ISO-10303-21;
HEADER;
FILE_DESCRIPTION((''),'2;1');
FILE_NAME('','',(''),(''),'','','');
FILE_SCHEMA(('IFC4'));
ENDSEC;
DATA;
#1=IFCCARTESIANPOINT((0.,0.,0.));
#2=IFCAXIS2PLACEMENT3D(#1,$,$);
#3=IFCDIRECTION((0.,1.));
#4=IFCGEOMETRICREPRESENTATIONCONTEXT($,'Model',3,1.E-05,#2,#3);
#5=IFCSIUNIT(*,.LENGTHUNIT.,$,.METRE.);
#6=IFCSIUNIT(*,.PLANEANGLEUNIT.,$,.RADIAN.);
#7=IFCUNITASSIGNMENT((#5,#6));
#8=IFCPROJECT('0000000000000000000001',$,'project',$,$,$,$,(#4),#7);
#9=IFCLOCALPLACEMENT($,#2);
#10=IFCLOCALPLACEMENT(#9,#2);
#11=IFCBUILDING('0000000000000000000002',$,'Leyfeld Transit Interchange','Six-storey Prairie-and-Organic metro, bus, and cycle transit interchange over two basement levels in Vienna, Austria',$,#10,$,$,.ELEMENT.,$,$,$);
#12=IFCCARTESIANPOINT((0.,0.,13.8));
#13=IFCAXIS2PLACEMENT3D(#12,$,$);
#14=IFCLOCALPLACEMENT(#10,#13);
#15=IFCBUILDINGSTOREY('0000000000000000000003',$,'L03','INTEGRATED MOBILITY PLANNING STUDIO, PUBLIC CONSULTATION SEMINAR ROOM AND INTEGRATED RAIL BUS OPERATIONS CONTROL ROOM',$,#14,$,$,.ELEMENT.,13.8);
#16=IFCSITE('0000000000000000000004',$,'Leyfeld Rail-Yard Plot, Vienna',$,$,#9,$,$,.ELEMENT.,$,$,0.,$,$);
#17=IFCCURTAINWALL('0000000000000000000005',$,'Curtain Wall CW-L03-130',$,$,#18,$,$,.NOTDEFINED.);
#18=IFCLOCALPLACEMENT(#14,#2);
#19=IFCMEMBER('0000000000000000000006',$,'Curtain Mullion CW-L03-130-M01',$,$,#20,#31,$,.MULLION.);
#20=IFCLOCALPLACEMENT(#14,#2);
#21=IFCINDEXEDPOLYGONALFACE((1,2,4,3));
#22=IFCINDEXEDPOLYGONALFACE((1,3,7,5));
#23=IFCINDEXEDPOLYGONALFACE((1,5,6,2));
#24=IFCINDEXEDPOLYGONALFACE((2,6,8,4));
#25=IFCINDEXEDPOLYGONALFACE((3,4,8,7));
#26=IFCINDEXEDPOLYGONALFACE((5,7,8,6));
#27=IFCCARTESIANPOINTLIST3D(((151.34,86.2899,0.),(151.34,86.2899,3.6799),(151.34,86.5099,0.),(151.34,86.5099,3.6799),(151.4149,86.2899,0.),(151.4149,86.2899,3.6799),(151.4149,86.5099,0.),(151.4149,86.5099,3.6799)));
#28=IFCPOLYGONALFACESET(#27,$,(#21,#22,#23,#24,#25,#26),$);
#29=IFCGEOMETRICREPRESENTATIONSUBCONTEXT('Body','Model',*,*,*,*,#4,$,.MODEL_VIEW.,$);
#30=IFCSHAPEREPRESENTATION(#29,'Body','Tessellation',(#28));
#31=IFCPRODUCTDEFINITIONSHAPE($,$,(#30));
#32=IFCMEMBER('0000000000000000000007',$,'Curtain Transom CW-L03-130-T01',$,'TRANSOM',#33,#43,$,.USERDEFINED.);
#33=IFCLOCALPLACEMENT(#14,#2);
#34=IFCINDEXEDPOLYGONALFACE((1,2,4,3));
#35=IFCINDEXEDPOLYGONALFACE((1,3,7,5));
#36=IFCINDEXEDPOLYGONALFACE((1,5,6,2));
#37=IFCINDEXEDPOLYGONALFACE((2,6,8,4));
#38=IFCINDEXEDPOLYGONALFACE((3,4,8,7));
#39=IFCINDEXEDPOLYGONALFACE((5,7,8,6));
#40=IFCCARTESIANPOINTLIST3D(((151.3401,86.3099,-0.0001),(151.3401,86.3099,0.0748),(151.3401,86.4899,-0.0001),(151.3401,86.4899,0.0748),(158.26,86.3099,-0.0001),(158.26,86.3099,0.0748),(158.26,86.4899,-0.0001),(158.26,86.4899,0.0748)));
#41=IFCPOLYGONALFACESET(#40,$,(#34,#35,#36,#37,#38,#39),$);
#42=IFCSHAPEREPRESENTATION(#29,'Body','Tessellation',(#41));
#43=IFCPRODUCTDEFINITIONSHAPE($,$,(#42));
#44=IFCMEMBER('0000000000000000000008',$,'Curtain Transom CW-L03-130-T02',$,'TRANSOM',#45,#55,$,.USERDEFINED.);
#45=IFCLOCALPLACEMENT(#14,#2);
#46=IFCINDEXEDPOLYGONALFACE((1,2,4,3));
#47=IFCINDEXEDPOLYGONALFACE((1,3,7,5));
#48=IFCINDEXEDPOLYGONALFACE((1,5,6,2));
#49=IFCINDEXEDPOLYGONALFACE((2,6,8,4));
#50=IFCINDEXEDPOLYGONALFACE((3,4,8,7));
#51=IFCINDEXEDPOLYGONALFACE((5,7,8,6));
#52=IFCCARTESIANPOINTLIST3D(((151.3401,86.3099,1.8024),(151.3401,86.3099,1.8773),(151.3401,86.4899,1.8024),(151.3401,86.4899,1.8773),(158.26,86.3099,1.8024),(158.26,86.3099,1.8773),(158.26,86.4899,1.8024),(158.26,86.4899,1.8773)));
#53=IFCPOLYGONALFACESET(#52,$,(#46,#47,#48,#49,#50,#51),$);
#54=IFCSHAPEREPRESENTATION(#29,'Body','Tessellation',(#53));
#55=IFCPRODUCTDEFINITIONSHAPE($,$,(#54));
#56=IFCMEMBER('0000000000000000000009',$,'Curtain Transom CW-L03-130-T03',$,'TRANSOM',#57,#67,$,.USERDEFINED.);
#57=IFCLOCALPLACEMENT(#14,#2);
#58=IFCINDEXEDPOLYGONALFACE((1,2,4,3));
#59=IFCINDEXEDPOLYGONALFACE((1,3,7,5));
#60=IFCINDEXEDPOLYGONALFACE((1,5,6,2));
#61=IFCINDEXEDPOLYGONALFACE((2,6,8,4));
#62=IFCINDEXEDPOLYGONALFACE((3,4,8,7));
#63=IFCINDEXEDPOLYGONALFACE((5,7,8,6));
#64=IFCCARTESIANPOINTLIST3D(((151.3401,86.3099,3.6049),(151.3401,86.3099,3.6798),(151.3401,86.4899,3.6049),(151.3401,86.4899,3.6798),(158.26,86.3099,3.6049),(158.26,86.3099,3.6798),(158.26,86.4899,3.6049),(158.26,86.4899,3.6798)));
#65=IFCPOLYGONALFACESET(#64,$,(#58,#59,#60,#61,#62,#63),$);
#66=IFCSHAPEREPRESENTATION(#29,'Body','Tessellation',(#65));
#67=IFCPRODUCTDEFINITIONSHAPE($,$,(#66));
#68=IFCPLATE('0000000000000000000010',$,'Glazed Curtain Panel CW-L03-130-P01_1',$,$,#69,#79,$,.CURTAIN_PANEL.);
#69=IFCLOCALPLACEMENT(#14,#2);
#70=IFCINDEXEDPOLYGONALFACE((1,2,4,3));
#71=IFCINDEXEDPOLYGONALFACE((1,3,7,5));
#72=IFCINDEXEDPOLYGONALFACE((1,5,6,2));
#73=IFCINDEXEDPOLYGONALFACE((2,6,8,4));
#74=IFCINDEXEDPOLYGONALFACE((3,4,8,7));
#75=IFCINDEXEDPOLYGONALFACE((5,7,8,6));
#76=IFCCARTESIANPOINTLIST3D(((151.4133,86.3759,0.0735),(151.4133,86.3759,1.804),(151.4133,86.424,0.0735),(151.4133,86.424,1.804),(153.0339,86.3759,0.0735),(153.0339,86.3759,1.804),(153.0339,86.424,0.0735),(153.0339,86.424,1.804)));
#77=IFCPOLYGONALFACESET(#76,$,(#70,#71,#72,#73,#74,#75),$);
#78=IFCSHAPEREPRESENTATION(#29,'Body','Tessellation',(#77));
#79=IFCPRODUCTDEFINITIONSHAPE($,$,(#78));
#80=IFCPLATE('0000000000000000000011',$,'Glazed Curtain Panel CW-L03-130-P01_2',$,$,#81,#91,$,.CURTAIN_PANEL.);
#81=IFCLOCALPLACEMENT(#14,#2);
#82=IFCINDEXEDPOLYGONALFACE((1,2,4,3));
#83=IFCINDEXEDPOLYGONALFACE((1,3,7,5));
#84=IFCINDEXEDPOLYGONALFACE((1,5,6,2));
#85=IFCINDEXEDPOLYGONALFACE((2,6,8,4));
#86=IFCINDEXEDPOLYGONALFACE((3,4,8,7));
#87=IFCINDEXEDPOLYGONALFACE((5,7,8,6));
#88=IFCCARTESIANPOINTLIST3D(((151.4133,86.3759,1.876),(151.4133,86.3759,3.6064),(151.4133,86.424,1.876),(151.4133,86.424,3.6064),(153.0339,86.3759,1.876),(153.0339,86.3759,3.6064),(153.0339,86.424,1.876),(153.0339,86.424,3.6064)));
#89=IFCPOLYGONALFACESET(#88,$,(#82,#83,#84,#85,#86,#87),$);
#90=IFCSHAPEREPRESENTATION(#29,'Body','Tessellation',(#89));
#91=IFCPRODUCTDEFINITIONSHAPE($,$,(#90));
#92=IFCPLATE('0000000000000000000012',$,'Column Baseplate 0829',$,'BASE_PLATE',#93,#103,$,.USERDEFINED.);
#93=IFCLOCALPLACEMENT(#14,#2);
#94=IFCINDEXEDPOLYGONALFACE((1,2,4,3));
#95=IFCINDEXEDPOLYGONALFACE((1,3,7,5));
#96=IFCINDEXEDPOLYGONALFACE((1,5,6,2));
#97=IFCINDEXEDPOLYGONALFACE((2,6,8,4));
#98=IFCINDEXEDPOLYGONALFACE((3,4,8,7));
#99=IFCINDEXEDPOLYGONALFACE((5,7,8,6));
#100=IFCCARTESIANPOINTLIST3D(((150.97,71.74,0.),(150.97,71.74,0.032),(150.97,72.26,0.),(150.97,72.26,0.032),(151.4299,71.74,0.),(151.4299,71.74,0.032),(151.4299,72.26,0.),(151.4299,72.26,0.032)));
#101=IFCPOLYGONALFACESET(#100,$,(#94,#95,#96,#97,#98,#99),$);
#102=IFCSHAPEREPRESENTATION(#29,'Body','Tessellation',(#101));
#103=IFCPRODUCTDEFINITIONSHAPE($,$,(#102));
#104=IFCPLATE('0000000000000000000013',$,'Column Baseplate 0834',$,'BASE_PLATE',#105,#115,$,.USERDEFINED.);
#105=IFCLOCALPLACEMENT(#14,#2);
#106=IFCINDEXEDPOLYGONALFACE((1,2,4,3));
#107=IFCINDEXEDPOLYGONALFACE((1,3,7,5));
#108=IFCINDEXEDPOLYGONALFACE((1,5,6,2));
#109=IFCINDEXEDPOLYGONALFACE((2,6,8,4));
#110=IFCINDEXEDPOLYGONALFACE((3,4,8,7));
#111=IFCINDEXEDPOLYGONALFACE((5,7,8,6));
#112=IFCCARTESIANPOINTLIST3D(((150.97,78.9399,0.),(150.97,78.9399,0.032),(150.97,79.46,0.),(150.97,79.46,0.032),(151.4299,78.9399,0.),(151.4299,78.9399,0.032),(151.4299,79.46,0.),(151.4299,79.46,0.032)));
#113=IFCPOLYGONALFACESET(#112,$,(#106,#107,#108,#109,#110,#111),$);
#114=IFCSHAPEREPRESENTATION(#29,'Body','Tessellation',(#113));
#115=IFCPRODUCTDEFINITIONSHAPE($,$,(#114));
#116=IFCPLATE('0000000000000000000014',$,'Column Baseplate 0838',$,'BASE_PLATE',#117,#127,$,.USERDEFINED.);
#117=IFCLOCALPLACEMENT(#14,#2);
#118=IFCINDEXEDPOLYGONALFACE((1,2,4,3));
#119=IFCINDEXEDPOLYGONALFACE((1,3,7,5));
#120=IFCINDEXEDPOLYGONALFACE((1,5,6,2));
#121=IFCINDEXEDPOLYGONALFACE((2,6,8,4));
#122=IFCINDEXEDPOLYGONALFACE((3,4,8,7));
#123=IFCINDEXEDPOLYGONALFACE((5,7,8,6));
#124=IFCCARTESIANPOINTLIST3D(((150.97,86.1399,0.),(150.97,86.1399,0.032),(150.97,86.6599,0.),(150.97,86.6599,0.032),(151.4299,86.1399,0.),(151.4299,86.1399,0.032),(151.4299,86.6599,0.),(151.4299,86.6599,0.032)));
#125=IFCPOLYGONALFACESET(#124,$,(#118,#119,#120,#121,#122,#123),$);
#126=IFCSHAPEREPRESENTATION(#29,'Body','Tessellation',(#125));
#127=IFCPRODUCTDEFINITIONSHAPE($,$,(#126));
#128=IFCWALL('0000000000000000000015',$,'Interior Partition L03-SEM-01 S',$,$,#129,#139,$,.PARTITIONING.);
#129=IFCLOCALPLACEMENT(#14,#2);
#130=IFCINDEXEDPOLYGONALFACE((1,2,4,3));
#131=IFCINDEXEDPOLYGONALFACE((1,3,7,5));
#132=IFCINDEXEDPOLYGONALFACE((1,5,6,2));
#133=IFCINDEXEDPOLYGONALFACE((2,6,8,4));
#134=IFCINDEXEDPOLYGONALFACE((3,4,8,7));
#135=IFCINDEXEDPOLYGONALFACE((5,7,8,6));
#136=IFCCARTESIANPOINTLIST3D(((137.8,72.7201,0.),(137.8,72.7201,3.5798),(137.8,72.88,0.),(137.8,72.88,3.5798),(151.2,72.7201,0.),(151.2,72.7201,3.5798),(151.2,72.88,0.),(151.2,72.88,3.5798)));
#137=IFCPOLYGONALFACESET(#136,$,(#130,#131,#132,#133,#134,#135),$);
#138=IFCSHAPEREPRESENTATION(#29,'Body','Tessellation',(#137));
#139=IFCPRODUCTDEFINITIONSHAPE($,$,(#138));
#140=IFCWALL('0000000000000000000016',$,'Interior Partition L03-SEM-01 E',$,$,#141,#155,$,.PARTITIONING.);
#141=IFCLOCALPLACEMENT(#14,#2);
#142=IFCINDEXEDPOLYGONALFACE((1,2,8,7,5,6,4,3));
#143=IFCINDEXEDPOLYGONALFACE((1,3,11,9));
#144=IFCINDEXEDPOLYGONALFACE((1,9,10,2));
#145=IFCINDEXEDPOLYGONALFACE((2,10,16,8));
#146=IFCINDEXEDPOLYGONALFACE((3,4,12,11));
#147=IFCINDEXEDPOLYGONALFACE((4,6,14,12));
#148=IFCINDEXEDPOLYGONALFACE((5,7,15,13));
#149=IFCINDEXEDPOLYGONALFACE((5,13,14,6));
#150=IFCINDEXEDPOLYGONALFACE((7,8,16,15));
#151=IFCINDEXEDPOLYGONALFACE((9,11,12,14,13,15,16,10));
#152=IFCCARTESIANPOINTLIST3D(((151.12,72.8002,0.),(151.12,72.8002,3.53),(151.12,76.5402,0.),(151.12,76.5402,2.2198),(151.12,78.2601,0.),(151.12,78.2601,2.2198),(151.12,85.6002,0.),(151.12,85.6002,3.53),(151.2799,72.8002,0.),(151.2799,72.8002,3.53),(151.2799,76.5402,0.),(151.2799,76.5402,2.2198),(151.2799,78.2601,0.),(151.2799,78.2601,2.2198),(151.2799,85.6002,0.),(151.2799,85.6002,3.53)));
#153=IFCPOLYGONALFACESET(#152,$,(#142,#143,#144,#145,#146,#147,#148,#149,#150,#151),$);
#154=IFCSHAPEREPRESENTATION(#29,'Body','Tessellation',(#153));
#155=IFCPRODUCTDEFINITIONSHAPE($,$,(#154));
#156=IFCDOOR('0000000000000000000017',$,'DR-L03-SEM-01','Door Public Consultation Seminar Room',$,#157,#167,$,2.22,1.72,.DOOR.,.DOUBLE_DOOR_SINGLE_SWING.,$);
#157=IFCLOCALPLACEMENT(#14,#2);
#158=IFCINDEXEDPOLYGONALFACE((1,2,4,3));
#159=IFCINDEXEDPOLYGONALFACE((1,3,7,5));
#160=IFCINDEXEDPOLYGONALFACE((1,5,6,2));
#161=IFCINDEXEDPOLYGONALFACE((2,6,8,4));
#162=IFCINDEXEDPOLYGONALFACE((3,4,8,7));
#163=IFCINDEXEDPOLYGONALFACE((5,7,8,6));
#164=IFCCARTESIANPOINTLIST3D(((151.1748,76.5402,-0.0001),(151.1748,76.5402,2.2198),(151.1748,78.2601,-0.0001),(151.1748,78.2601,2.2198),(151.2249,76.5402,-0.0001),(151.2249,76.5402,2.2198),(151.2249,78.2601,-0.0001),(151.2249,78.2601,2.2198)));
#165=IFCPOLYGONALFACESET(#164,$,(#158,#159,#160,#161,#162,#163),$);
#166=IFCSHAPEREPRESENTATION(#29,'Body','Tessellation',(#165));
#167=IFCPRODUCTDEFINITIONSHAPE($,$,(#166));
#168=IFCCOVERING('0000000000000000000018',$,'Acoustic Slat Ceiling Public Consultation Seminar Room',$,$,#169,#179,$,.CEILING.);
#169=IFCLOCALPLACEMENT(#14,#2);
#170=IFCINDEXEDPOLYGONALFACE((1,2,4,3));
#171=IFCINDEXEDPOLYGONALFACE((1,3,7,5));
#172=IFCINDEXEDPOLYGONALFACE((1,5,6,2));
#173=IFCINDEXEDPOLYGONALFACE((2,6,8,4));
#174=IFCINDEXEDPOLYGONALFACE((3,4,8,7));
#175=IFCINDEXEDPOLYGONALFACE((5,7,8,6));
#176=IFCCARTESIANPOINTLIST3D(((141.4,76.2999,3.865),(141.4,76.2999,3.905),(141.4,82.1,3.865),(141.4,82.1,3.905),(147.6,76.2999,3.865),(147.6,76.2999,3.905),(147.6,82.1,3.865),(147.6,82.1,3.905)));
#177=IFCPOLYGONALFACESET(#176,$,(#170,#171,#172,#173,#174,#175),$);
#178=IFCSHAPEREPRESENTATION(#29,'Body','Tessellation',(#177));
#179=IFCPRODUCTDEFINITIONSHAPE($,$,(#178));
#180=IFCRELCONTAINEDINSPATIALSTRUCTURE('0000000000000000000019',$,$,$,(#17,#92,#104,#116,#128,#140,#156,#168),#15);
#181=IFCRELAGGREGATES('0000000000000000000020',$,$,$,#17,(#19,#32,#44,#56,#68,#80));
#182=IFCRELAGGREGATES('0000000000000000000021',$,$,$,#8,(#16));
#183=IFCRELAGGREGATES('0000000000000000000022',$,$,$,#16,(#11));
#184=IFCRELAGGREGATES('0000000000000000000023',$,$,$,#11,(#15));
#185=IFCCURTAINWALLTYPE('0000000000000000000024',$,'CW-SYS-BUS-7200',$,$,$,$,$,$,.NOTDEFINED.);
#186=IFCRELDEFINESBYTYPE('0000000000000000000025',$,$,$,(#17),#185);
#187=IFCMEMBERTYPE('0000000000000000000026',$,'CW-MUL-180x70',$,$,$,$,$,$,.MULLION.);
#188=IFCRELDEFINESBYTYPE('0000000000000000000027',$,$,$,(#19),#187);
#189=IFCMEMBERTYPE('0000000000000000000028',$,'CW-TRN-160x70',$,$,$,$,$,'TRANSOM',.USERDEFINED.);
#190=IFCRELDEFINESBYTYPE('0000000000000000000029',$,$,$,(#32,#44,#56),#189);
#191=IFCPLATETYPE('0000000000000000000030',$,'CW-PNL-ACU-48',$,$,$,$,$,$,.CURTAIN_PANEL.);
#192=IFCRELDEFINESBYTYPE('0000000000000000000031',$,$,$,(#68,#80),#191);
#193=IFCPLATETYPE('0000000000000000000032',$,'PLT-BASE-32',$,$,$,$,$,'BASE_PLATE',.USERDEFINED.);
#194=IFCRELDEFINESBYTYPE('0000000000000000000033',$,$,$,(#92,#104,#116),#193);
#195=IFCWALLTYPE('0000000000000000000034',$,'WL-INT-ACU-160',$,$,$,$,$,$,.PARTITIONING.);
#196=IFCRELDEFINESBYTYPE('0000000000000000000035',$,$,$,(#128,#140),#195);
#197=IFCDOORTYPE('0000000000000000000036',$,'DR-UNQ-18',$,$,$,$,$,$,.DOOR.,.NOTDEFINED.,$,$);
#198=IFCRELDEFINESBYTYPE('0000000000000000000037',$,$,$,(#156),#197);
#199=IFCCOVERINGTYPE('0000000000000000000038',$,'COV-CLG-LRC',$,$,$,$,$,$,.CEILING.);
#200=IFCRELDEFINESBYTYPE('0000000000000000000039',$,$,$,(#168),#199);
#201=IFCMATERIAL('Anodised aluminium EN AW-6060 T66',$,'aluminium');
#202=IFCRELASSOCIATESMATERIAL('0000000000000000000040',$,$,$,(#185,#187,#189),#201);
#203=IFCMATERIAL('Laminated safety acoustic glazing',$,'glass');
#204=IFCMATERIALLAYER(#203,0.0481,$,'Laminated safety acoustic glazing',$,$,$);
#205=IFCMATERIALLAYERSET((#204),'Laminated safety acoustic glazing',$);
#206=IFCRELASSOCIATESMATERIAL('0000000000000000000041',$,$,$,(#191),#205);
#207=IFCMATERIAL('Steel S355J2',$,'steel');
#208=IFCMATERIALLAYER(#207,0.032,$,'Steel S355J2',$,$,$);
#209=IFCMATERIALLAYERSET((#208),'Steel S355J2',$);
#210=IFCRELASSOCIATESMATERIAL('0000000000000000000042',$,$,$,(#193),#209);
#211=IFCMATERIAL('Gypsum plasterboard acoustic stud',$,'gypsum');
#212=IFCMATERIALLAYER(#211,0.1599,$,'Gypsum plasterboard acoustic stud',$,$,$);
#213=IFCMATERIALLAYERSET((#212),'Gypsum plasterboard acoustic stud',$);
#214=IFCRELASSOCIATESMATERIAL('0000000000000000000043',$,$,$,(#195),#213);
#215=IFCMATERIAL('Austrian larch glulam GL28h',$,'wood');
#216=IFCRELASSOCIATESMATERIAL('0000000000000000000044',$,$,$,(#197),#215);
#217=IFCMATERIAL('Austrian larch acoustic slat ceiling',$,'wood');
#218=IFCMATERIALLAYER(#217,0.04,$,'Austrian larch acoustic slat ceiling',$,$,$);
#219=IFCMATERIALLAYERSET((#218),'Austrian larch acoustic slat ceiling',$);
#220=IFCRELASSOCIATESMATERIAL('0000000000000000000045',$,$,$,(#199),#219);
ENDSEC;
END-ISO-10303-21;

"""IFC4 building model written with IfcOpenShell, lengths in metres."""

from ifc_helpers import new_model, si_unit, direction, frame, frame_2d, origin, origin_2d, place, context, subcontext, project, spatial, rectangle, extrude, material, layer, layer_set, material_profile, profile_set, type_object, element, fill, aggregate, save


model = new_model("IFC4")

# Units and contexts
model_context = context("Model", 3, precision=1e-05, world=origin(), true_north=direction((0.0, 1.0)))
body_context = subcontext(model_context, "Body", "Model", "MODEL_VIEW")
ifc_project = project(units=[si_unit("LENGTHUNIT", "METRE"), si_unit("PLANEANGLEUNIT", "RADIAN")], contexts=[model_context])

# Site, building, storey
site_placement = place(None, origin())
site = spatial("IfcSite", under=ifc_project, at=site_placement, Name="Leyfeld Rail-Yard Plot, Vienna", CompositionType="ELEMENT", RefElevation=0.0)
building_placement = place(site_placement, origin())
building = spatial("IfcBuilding", under=site, at=building_placement, Name="Leyfeld Transit Interchange", Description="Six-storey Prairie-and-Organic metro, bus, and cycle transit interchange over two basement levels in Vienna, Austria", CompositionType="ELEMENT")
storey_placement = place(building_placement, frame((0.0, 0.0, 13.8)))
storey = spatial("IfcBuildingStorey", under=building, at=storey_placement, Name="L03", Description="INTEGRATED MOBILITY PLANNING STUDIO, PUBLIC CONSULTATION SEMINAR ROOM AND INTEGRATED RAIL BUS OPERATIONS CONTROL ROOM", CompositionType="ELEMENT", Elevation=13.8)

# Shared definitions
ifc_material_1 = material(Name="Steel S355J2", Category="steel")

# Curtain wall, members, plates
ifc_material_2 = material(Name="Anodised aluminium EN AW-6060 T66", Category="aluminium")
curtain_wall_type = type_object("IfcCurtainWallType", Name="CW-SYS-BUS-7200", PredefinedType="NOTDEFINED", material=ifc_material_2)
curtain_wall_placement = place(storey_placement, origin())
curtain_wall = element("IfcCurtainWall", 1, at=curtain_wall_placement, inside=storey, type_object=curtain_wall_type, Name="Curtain Wall CW-L03-130", PredefinedType="NOTDEFINED")
ifc_material_profile_1 = material_profile(ifc_material_2, rectangle(XDim=0.075, YDim=0.22, at=origin_2d()), Name="CW-M 75x220")
ifc_profile_set_1 = profile_set([ifc_material_profile_1], Name="Anodised aluminium EN AW-6060 T66")
member_type_1 = type_object("IfcMemberType", Name="CW-MUL-180x70", PredefinedType="MULLION", material=ifc_profile_set_1)
member_1_placement = place(storey_placement, frame((151.3774, 86.3999, 0.0), z_axis=(0.0, 0.0, 1.0), x_axis=(1.0, 0.0, 0.0)))
member_1 = element("IfcMember", 2, at=member_1_placement, type_object=member_type_1, Name="Curtain Mullion CW-L03-130-M01", PredefinedType="MULLION", context=body_context, shape_type="SweptSolid", body=[
    extrude(rectangle(XDim=0.075, YDim=0.22, at=origin_2d()), origin(), (0.0, 0.0, 1.0), 3.6799),
])
ifc_material_profile_2 = material_profile(ifc_material_2, rectangle(XDim=0.1799, YDim=0.075, at=origin_2d()), Name="CW-TRN-160x70")
ifc_profile_set_2 = profile_set([ifc_material_profile_2], Name="Anodised aluminium EN AW-6060 T66")
member_type_2 = type_object("IfcMemberType", Name="CW-TRN-160x70", ElementType="TRANSOM", PredefinedType="USERDEFINED", material=ifc_profile_set_2)
member_2_placement = place(storey_placement, frame((151.3401, 86.3999, 0.0374), z_axis=(1.0, 0.0, 0.0), x_axis=(0.0, 1.0, 0.0)))
member_2 = element("IfcMember", 3, at=member_2_placement, type_object=member_type_2, Name="Curtain Transom CW-L03-130-T01", ObjectType="TRANSOM", PredefinedType="USERDEFINED", context=body_context, shape_type="SweptSolid", body=[
    extrude(rectangle(XDim=0.1799, YDim=0.075, at=origin_2d()), origin(), (0.0, 0.0, 1.0), 6.9199),
])
member_3_placement = place(storey_placement, frame((151.3401, 86.3999, 1.8398), z_axis=(1.0, 0.0, 0.0), x_axis=(0.0, 1.0, 0.0)))
member_3 = element("IfcMember", 4, at=member_3_placement, type_object=member_type_2, Name="Curtain Transom CW-L03-130-T02", ObjectType="TRANSOM", PredefinedType="USERDEFINED", context=body_context, shape_type="SweptSolid", body=[
    extrude(rectangle(XDim=0.1799, YDim=0.075, at=origin_2d()), origin(), (0.0, 0.0, 1.0), 6.9199),
])
member_4_placement = place(storey_placement, frame((151.3401, 86.3999, 3.6423), z_axis=(1.0, 0.0, 0.0), x_axis=(0.0, 1.0, 0.0)))
member_4 = element("IfcMember", 5, at=member_4_placement, type_object=member_type_2, Name="Curtain Transom CW-L03-130-T03", ObjectType="TRANSOM", PredefinedType="USERDEFINED", context=body_context, shape_type="SweptSolid", body=[
    extrude(rectangle(XDim=0.1799, YDim=0.075, at=origin_2d()), origin(), (0.0, 0.0, 1.0), 6.9199),
])
ifc_material_3 = material(Name="Laminated safety acoustic glazing", Category="glass")
ifc_layer_1 = layer(ifc_material_3, 0.0481, Name="Laminated safety acoustic glazing")
ifc_layer_set_1 = layer_set([ifc_layer_1], Name="Laminated safety acoustic glazing")
plate_type_1 = type_object("IfcPlateType", Name="CW-PNL-ACU-48", PredefinedType="CURTAIN_PANEL", material=ifc_layer_set_1)
plate_1_placement = place(storey_placement, frame((152.2236, 86.3999, 0.0735), z_axis=(0.0, 0.0, 1.0), x_axis=(1.0, 0.0, 0.0)))
plate_1 = element("IfcPlate", 6, at=plate_1_placement, type_object=plate_type_1, Name="Glazed Curtain Panel CW-L03-130-P01_1", PredefinedType="CURTAIN_PANEL", context=body_context, shape_type="SweptSolid", body=[
    extrude(rectangle(XDim=1.6206, YDim=0.0481, at=origin_2d()), origin(), (0.0, 0.0, 1.0), 1.7305),
])
plate_2_placement = place(storey_placement, frame((152.2236, 86.3999, 1.876), z_axis=(0.0, 0.0, 1.0), x_axis=(1.0, 0.0, 0.0)))
plate_2 = element("IfcPlate", 7, at=plate_2_placement, type_object=plate_type_1, Name="Glazed Curtain Panel CW-L03-130-P01_2", PredefinedType="CURTAIN_PANEL", context=body_context, shape_type="SweptSolid", body=[
    extrude(rectangle(XDim=1.6206, YDim=0.0481, at=origin_2d()), origin(), (0.0, 0.0, 1.0), 1.7305),
])
aggregate(curtain_wall, [member_1, member_2, member_3, member_4, plate_1, plate_2])

# Plates
ifc_layer_2 = layer(ifc_material_1, 0.032, Name="Steel S355J2")
ifc_layer_set_2 = layer_set([ifc_layer_2], Name="Steel S355J2")
plate_type_2 = type_object("IfcPlateType", Name="PLT-BASE-32", ElementType="BASE_PLATE", PredefinedType="USERDEFINED", material=ifc_layer_set_2)
for number, where, z_axis, x_axis, name in (
    (8, (151.2, 72.0, 0.0), (0.0, 0.0, 1.0), (1.0, 0.0, 0.0), "Column Baseplate 0829"),
    (9, (151.2, 79.2, 0.0), (0.0, 0.0, 1.0), (1.0, 0.0, 0.0), "Column Baseplate 0834"),
    (10, (151.2, 86.3999, 0.0), (0.0, 0.0, 1.0), (1.0, 0.0, 0.0), "Column Baseplate 0838"),
):
    element("IfcPlate", number, at=place(storey_placement, frame(where, z_axis=z_axis, x_axis=x_axis)), inside=storey, type_object=plate_type_2, Name=name, ObjectType="BASE_PLATE", PredefinedType="USERDEFINED", context=body_context, shape_type="SweptSolid", body=[
        extrude(rectangle(XDim=0.46, YDim=0.52, at=origin_2d()), origin(), (0.0, 0.0, 1.0), 0.032),
    ])

# Wall
ifc_material_4 = material(Name="Gypsum plasterboard acoustic stud", Category="gypsum")
ifc_layer_3 = layer(ifc_material_4, 0.1599, Name="Gypsum plasterboard acoustic stud")
ifc_layer_set_3 = layer_set([ifc_layer_3], Name="Gypsum plasterboard acoustic stud")
wall_type = type_object("IfcWallType", Name="WL-INT-ACU-160", PredefinedType="PARTITIONING", material=ifc_layer_set_3)
wall_1_placement = place(storey_placement, frame((151.2, 72.8, 0.0), z_axis=(0.0, 0.0, 1.0), x_axis=(-1.0, 0.0, 0.0)))
element("IfcWall", 11, at=wall_1_placement, inside=storey, type_object=wall_type, Name="Interior Partition L03-SEM-01 S", PredefinedType="PARTITIONING", context=body_context, shape_type="SweptSolid", body=[
    extrude(rectangle(XDim=13.3999, YDim=0.1599, at=frame_2d((6.7, 0.0))), origin(), (0.0, 0.0, 1.0), 3.5798),
])

# Wall, opening, door
wall_2_placement = place(storey_placement, frame((151.2, 85.6001, 0.0), z_axis=(0.0, 0.0, 1.0), x_axis=(0.0, -1.0, 0.0)))
wall_2 = element("IfcWall", 12, at=wall_2_placement, inside=storey, type_object=wall_type, Name="Interior Partition L03-SEM-01 E", PredefinedType="PARTITIONING", context=body_context, shape_type="SweptSolid", body=[
    extrude(rectangle(XDim=12.8, YDim=0.1599, at=frame_2d((6.3999, 0.0))), origin(), (0.0, 0.0, 1.0), 3.53),
])
opening_placement = place(wall_2_placement, frame((7.3401, 0.0, 0.0)))
opening = element("IfcOpeningElement", 13, at=opening_placement, cuts=wall_2, PredefinedType="OPENING", context=body_context, shape_type="SweptSolid", body=[
    extrude(rectangle(XDim=1.72, YDim=2.22, at=frame_2d((0.8599, 1.1099))), frame((0.0, 0.0898, 0.0), z_axis=(0.0, -1.0, 0.0), x_axis=(1.0, 0.0, 0.0)), (0.0, 0.0, 1.0), 0.1799),
])
ifc_material_5 = material(Name="Austrian larch glulam GL28h", Category="wood")
door_type = type_object("IfcDoorType", Name="DR-UNQ-18", OperationType="NOTDEFINED", PredefinedType="DOOR", material=ifc_material_5)
door_placement = place(opening_placement, origin())
door = element("IfcDoor", 14, at=door_placement, inside=storey, type_object=door_type, Name="DR-L03-SEM-01", Description="Door Public Consultation Seminar Room", OperationType="DOUBLE_DOOR_SINGLE_SWING", OverallHeight=2.22, OverallWidth=1.72, PredefinedType="DOOR", context=body_context, shape_type="SweptSolid", body=[
    extrude(rectangle(XDim=1.72, YDim=2.22, at=frame_2d((0.8599, 1.1099))), frame((0.0, 0.0249, 0.0), z_axis=(0.0, -1.0, 0.0), x_axis=(1.0, 0.0, 0.0)), (0.0, 0.0, 1.0), 0.05),
])
fill(opening, door)

# Covering
ifc_material_6 = material(Name="Austrian larch acoustic slat ceiling", Category="wood")
ifc_layer_4 = layer(ifc_material_6, 0.04, Name="Austrian larch acoustic slat ceiling")
ifc_layer_set_4 = layer_set([ifc_layer_4], Name="Austrian larch acoustic slat ceiling")
covering_type_1 = type_object("IfcCoveringType", Name="COV-CLG-LRC", PredefinedType="CEILING", material=ifc_layer_set_4)
covering_1_placement = place(storey_placement, frame((144.5, 79.2, 3.865), z_axis=(0.0, 0.0, 1.0), x_axis=(1.0, 0.0, 0.0)))
element("IfcCovering", 15, at=covering_1_placement, inside=storey, type_object=covering_type_1, Name="Acoustic Slat Ceiling Public Consultation Seminar Room", PredefinedType="CEILING", context=body_context, shape_type="SweptSolid", body=[
    extrude(rectangle(XDim=6.2, YDim=5.8, at=origin_2d()), origin(), (0.0, 0.0, 1.0), 0.04),
])

save(model, "model.ifc")
